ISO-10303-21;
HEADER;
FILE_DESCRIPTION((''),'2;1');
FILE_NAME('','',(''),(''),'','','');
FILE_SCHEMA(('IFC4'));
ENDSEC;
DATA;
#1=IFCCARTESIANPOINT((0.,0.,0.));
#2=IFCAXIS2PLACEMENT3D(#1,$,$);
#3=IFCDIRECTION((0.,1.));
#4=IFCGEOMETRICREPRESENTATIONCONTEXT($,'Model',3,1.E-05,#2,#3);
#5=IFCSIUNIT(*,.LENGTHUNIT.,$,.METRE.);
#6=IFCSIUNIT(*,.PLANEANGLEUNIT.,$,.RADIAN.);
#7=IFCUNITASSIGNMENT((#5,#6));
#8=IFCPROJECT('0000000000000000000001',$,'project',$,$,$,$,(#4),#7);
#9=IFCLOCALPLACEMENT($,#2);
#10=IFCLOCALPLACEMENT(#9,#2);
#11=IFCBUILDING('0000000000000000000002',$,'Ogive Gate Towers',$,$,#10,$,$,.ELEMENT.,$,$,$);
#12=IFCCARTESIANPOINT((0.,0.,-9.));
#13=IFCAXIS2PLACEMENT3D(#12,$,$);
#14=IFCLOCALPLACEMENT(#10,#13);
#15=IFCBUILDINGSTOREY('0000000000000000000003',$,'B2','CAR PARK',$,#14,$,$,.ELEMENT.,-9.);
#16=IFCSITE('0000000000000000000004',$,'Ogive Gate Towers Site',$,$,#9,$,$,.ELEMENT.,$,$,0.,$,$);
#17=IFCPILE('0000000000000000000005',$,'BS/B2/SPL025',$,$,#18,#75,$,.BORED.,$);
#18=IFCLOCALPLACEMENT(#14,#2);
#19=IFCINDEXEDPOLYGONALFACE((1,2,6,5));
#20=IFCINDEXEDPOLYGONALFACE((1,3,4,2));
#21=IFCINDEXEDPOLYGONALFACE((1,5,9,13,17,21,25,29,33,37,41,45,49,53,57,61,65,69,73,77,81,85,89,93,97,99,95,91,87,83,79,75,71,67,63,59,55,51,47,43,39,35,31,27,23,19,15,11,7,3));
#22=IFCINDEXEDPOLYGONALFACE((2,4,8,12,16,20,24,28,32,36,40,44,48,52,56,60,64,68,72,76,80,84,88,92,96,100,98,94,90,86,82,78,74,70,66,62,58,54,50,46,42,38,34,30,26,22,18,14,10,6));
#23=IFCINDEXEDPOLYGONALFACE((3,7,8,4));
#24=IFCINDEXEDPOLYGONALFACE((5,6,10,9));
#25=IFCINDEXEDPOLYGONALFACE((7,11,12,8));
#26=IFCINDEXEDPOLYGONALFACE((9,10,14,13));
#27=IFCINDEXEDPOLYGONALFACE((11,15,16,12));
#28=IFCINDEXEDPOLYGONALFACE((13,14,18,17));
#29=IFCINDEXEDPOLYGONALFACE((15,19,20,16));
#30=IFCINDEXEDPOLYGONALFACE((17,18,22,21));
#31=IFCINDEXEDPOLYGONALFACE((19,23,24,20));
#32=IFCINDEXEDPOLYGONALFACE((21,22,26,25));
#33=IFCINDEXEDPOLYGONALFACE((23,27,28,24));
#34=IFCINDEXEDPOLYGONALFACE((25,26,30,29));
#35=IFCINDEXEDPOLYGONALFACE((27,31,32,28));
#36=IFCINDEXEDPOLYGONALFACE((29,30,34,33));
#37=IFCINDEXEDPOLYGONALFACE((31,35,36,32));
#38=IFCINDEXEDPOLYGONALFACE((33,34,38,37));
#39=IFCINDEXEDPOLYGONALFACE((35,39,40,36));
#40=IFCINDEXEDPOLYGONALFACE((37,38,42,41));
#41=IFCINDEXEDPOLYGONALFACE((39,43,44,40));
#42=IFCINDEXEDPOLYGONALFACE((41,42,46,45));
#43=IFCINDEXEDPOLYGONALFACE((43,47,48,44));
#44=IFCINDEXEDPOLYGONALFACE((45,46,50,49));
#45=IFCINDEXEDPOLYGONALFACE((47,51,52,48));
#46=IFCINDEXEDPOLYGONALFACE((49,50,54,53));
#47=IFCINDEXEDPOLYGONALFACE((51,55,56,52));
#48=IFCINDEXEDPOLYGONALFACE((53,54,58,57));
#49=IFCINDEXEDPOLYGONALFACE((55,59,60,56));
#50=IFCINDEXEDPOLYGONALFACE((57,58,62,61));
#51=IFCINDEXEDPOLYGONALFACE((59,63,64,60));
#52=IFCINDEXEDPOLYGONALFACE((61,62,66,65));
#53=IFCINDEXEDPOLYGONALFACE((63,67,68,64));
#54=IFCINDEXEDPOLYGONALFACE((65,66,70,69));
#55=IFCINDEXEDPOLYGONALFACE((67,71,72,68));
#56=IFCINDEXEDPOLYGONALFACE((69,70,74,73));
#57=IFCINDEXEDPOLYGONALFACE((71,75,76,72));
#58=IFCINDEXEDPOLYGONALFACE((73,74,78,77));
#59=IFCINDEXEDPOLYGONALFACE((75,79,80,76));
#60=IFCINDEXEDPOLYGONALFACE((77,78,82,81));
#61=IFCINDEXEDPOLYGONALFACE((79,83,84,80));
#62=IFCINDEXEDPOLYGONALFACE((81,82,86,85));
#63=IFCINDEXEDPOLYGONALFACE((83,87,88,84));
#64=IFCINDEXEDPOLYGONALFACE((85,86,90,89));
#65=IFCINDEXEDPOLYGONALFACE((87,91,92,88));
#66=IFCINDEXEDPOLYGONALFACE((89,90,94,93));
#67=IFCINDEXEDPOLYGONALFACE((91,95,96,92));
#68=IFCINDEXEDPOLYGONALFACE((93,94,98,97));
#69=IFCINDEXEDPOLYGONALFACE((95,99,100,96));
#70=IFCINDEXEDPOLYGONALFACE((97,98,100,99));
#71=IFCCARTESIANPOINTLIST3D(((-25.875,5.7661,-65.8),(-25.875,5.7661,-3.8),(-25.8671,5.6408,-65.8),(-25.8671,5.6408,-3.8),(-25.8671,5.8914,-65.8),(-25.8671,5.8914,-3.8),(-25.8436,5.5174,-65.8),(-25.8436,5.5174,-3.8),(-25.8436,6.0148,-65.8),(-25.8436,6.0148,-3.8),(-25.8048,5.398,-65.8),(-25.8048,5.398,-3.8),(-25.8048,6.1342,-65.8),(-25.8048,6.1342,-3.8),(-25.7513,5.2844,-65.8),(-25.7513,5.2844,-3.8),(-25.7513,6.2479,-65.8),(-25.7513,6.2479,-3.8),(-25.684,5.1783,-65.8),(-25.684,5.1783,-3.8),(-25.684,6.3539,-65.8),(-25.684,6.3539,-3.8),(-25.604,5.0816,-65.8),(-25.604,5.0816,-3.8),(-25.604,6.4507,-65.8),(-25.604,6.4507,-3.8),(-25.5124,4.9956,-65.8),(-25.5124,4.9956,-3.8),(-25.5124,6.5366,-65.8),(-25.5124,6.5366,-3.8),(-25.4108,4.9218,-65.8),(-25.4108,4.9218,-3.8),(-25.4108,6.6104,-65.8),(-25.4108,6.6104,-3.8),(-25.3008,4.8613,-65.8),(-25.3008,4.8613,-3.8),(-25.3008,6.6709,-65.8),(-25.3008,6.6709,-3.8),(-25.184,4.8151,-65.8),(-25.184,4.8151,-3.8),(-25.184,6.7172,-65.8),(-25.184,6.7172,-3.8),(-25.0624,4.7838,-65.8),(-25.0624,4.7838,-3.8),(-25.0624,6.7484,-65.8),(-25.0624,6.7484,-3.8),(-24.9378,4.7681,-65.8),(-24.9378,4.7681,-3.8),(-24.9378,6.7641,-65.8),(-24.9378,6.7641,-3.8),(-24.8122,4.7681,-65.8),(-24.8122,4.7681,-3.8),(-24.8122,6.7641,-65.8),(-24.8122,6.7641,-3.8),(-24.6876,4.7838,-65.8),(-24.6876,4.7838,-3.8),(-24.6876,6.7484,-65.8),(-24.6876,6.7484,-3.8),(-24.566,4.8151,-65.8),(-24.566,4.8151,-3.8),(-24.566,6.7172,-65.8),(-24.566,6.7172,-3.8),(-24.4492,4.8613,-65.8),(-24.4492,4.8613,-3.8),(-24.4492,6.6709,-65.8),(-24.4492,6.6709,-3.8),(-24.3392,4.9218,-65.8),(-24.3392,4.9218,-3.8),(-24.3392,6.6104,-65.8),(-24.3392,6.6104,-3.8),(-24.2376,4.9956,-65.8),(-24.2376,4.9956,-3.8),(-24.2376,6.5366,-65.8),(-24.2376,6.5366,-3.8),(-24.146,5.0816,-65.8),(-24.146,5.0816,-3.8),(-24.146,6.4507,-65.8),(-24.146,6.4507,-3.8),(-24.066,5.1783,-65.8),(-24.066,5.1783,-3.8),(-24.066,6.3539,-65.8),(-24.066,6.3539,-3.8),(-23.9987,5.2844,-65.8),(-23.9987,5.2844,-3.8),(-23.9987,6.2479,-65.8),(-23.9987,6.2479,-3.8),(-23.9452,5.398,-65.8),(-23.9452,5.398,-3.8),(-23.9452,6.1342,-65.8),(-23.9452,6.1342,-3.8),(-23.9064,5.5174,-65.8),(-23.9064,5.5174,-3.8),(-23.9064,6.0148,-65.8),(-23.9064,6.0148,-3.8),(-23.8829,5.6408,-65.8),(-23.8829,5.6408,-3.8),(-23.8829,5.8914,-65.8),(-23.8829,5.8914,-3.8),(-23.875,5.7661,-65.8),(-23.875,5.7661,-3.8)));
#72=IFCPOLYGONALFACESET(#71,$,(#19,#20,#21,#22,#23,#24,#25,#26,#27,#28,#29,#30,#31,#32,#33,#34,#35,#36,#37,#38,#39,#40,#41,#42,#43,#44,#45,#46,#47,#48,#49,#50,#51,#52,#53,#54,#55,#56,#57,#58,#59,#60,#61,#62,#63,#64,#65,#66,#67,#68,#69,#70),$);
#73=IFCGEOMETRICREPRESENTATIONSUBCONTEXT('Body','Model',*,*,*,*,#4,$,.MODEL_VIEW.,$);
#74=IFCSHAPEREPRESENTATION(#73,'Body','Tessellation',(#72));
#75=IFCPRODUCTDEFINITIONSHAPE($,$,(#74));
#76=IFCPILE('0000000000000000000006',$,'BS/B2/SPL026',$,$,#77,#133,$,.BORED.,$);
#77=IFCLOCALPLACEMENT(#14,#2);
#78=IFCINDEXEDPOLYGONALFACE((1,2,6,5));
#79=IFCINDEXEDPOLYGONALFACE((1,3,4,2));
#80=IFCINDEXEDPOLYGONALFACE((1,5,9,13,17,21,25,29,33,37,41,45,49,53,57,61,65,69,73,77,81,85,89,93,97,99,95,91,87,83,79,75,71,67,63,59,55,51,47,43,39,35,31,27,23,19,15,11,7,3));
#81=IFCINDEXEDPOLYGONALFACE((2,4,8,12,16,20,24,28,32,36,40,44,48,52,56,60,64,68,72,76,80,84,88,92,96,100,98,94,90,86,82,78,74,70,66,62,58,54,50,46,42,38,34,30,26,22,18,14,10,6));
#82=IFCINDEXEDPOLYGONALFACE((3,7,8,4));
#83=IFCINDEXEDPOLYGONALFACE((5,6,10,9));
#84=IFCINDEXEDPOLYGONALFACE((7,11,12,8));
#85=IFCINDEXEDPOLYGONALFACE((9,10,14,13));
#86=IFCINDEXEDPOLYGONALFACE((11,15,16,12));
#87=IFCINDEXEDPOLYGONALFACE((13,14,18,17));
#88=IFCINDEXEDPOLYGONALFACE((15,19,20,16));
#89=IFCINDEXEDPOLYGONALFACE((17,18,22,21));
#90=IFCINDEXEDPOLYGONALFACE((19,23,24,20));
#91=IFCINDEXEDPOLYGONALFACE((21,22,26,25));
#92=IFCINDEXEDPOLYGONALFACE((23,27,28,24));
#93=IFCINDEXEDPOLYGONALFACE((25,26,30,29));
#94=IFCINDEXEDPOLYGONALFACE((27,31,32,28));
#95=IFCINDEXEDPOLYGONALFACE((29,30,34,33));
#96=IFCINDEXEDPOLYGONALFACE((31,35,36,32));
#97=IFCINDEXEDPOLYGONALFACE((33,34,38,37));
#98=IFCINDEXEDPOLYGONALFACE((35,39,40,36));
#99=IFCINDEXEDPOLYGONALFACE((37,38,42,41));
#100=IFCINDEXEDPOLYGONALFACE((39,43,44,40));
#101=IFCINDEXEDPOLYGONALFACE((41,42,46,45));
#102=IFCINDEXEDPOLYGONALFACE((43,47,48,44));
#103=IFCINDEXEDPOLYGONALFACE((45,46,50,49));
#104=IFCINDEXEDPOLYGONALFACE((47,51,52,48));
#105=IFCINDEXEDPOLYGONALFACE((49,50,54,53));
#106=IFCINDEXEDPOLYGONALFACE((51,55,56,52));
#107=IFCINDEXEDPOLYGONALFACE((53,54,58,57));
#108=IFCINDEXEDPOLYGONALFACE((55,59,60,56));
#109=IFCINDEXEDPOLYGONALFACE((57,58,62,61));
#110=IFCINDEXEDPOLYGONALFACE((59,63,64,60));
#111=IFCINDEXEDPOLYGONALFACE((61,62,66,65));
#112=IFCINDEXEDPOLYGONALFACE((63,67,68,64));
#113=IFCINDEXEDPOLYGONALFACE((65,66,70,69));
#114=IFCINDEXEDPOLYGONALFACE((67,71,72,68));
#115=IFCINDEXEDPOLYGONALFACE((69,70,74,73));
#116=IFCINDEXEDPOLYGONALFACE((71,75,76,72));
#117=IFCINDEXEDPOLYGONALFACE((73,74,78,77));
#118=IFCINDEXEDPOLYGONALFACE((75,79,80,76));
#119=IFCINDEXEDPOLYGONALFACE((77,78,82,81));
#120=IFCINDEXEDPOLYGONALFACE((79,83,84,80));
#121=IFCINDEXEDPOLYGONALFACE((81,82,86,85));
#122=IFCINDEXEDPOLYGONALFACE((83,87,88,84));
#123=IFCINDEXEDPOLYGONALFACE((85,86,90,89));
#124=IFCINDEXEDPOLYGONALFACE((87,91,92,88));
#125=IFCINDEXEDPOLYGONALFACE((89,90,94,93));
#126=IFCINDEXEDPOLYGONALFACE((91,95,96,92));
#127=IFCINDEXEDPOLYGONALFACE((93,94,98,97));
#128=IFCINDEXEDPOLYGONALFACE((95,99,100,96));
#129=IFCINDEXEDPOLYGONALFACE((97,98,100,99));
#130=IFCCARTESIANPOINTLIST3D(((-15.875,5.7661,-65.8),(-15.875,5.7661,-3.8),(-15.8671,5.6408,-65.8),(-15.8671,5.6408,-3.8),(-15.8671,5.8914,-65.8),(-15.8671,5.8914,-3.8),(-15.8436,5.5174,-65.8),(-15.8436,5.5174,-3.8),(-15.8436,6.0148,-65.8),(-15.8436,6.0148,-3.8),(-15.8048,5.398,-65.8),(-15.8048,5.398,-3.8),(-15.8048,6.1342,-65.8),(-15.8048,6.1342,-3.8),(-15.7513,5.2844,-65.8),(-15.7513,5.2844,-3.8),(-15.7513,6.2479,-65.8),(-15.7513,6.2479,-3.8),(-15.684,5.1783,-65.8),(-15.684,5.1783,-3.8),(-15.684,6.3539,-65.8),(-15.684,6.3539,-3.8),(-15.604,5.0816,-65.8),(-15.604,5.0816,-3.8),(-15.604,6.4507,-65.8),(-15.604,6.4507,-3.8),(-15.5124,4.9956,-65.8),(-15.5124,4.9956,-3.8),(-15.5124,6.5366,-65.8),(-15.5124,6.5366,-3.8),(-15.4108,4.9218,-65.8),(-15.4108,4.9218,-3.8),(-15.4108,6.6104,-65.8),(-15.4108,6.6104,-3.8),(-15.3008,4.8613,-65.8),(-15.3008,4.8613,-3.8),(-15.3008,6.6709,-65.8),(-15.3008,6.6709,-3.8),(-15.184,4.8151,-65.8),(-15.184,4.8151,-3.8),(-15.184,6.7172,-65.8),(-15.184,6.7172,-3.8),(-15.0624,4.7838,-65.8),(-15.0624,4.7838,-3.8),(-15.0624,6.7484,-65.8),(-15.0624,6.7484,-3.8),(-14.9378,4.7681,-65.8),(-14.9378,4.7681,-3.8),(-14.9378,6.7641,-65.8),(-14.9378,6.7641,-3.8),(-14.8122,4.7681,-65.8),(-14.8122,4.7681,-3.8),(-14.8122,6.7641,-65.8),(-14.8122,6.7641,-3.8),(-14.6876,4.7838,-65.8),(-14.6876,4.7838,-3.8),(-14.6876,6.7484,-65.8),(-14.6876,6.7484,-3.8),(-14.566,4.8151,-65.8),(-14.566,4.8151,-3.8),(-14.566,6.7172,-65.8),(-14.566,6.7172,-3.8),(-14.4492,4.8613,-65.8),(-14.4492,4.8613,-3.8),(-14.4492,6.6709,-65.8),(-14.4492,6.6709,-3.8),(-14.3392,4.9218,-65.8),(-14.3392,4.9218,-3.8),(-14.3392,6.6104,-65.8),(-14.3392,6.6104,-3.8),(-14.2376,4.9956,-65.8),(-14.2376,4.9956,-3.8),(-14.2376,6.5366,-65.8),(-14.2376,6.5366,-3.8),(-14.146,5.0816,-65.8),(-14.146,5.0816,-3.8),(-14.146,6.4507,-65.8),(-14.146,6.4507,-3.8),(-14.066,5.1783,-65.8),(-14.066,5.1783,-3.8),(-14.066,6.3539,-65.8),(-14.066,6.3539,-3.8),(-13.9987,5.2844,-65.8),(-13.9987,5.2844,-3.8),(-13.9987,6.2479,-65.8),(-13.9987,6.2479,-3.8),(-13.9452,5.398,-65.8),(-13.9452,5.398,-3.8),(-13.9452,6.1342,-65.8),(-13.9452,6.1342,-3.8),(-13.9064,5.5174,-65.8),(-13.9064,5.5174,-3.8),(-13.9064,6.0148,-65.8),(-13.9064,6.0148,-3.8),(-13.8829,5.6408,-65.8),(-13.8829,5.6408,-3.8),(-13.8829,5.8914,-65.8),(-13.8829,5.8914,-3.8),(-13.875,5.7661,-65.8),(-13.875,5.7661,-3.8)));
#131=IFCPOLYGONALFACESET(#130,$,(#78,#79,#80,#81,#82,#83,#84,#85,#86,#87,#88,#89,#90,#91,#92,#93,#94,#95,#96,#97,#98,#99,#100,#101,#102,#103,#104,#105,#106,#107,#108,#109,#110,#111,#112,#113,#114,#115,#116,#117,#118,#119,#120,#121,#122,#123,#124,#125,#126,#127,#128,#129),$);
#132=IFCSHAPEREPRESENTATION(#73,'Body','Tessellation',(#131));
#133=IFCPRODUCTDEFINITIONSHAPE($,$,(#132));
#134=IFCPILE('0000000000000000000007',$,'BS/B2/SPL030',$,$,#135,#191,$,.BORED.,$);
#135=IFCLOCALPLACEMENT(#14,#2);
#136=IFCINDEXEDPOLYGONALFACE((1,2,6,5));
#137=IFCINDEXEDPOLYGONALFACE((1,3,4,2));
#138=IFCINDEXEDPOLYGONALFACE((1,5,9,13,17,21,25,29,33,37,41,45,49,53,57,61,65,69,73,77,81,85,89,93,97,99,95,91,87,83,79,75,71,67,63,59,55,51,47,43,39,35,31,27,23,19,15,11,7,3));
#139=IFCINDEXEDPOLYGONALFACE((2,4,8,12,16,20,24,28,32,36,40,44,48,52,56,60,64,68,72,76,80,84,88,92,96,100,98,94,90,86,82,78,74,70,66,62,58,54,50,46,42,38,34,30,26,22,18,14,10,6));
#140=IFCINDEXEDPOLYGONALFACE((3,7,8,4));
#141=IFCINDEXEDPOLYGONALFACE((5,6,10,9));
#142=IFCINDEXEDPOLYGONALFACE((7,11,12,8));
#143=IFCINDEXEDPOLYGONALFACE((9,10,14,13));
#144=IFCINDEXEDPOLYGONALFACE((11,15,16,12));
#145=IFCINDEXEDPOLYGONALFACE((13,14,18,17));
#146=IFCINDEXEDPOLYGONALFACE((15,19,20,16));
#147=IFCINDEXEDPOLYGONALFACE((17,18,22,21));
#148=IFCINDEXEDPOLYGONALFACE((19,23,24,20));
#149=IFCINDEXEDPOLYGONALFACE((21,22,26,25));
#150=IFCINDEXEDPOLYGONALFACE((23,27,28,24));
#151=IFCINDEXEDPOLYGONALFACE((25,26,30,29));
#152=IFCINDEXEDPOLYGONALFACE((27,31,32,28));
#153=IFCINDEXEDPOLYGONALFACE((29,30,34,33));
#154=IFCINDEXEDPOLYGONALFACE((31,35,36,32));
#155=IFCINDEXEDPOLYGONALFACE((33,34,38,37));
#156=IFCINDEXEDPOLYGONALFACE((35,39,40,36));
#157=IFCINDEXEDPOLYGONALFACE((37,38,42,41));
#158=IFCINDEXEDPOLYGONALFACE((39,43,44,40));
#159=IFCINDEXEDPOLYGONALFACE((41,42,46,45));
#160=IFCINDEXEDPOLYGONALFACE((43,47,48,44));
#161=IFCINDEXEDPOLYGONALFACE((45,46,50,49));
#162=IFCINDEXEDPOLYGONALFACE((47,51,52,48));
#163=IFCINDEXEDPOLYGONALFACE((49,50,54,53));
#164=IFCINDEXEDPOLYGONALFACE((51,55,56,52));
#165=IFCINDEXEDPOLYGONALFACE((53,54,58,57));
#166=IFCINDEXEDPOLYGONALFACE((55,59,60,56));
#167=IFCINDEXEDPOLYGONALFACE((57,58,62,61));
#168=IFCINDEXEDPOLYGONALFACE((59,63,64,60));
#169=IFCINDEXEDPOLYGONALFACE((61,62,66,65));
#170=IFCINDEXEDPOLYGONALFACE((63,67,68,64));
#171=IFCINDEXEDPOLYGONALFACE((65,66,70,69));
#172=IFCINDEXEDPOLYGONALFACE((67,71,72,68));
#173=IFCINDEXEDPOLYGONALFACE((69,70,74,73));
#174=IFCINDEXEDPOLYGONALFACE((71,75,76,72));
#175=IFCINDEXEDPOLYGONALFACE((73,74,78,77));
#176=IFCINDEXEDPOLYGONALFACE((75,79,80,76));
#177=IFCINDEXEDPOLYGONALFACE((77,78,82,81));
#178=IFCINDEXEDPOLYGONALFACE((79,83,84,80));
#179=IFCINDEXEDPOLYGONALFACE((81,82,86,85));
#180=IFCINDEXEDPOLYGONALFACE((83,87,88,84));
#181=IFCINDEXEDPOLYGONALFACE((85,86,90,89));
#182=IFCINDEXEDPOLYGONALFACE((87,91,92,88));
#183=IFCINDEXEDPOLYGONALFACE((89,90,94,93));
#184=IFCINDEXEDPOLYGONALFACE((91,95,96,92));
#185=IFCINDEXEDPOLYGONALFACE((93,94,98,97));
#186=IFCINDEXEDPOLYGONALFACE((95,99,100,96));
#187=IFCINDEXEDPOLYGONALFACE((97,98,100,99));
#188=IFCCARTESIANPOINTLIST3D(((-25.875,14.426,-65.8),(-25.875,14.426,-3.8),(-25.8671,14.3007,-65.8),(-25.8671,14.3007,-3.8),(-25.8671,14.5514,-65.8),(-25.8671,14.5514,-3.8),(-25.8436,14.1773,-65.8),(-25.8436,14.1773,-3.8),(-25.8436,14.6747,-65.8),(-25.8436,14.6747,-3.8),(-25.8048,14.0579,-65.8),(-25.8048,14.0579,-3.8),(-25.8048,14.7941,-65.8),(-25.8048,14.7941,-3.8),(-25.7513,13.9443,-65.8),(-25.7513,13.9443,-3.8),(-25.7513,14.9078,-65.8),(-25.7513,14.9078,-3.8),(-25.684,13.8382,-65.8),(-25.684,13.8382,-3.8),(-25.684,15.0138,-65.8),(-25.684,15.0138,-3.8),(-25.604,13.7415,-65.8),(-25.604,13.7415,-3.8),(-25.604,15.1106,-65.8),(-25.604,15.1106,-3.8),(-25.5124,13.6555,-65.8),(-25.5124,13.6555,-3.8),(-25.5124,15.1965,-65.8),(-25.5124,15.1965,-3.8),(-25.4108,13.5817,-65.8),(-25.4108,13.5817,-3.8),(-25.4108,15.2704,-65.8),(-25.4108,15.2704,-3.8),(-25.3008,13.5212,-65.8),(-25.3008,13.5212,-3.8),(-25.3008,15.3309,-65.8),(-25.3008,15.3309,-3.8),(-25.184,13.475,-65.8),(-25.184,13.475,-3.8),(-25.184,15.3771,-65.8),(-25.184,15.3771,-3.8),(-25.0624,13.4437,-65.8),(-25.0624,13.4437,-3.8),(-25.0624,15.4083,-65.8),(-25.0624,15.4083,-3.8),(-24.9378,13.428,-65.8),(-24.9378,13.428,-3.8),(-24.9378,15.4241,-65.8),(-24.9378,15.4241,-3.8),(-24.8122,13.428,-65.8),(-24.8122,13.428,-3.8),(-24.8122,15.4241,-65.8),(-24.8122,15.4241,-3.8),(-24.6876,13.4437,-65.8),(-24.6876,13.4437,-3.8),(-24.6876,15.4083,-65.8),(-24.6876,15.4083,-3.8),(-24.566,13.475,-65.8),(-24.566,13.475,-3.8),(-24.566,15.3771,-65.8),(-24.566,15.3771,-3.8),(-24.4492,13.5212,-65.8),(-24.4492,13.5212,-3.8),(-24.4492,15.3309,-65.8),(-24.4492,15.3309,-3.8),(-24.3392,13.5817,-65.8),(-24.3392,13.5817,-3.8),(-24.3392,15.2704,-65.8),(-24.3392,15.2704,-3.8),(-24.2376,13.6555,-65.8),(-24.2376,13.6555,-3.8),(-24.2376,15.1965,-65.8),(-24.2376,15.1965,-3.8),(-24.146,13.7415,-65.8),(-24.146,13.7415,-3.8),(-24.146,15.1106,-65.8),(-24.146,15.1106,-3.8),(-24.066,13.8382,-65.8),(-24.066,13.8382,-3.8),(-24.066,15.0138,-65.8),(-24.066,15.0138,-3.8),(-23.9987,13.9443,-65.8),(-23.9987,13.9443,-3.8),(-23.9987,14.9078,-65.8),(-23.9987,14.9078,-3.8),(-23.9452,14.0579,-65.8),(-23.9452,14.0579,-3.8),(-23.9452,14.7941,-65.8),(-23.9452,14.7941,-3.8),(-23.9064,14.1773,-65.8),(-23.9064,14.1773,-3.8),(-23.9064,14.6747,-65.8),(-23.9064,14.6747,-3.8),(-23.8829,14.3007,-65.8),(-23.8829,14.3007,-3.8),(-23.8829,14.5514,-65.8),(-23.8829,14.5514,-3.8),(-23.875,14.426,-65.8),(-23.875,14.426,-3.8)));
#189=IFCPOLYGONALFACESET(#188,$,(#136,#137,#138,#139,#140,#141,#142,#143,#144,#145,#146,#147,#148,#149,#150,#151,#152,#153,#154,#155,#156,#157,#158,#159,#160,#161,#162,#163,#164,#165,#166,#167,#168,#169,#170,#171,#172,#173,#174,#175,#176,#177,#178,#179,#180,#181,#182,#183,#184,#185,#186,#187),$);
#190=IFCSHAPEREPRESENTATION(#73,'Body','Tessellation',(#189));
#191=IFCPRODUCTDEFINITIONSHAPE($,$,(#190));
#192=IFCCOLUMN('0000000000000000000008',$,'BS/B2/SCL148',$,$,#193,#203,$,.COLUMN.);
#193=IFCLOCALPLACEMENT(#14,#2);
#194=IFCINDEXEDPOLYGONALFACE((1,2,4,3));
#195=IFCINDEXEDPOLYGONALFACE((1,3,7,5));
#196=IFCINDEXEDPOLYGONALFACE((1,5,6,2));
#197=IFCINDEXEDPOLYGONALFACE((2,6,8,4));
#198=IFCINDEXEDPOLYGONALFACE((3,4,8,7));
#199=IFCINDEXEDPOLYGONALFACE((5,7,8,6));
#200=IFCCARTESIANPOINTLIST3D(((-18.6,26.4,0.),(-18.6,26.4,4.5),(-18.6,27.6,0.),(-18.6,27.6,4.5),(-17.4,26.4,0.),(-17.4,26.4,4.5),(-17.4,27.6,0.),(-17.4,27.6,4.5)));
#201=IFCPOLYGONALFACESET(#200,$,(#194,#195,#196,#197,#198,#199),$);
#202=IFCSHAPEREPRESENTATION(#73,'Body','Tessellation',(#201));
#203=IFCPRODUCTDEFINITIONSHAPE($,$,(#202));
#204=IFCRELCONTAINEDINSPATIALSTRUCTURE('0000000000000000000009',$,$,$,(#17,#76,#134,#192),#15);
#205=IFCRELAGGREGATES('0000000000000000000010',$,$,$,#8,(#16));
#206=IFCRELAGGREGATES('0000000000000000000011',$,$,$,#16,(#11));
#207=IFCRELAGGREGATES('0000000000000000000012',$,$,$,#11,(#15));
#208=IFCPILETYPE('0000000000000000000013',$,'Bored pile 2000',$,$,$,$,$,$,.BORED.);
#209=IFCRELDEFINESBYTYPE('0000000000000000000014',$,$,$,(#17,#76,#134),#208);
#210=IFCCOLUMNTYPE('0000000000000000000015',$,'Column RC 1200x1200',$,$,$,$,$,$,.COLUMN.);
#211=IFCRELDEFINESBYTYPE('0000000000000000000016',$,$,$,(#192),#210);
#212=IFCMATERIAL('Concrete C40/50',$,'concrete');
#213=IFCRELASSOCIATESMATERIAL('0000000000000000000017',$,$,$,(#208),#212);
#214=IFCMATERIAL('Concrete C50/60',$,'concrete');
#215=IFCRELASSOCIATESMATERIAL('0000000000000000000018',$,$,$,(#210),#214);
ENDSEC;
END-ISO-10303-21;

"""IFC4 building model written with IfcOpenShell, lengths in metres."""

from ifc_helpers import new_model, si_unit, direction, frame, origin, origin_2d, place, context, subcontext, project, spatial, rectangle, circle, extrude, material, material_profile, profile_set, type_object, element, save


model = new_model("IFC4")

# Units and contexts
model_context = context("Model", 3, precision=1e-05, world=origin(), true_north=direction((0.0, 1.0)))
body_context = subcontext(model_context, "Body", "Model", "MODEL_VIEW")
ifc_project = project(units=[si_unit("LENGTHUNIT", "METRE"), si_unit("PLANEANGLEUNIT", "RADIAN")], contexts=[model_context])

# Site, building, storey
site_placement = place(None, origin())
site = spatial("IfcSite", under=ifc_project, at=site_placement, Name="Ogive Gate Towers Site", CompositionType="ELEMENT", RefElevation=0.0)
building_placement = place(site_placement, origin())
building = spatial("IfcBuilding", under=site, at=building_placement, Name="Ogive Gate Towers", CompositionType="ELEMENT")
storey_placement = place(building_placement, frame((0.0, 0.0, -9.0)))
storey = spatial("IfcBuildingStorey", under=building, at=storey_placement, Name="B2", Description="CAR PARK", CompositionType="ELEMENT", Elevation=-9.0)

# Piles
ifc_material_1 = material(Name="Concrete C40/50", Category="concrete")
ifc_material_profile_1 = material_profile(ifc_material_1, circle(Radius=1.0, at=origin_2d()), Name="BP 2000")
ifc_profile_set_1 = profile_set([ifc_material_profile_1], Name="Concrete C40/50")
pile_type_1 = type_object("IfcPileType", Name="Bored pile 2000", PredefinedType="BORED", material=ifc_profile_set_1)
for number, where, z_axis, x_axis, name in (
    (1, (-24.875, 5.7661, -3.8), (0.0, 0.0, -1.0), (1.0, 0.0, 0.0), "BS/B2/SPL025"),
    (2, (-14.875, 5.7661, -3.8), (0.0, 0.0, -1.0), (1.0, 0.0, 0.0), "BS/B2/SPL026"),
    (3, (-24.875, 14.426, -3.8), (0.0, 0.0, -1.0), (1.0, 0.0, 0.0), "BS/B2/SPL030"),
):
    element("IfcPile", number, at=place(storey_placement, frame(where, z_axis=z_axis, x_axis=x_axis)), inside=storey, type_object=pile_type_1, Name=name, PredefinedType="BORED", context=body_context, shape_type="SweptSolid", body=[
        extrude(circle(Radius=1.0, at=origin_2d()), origin(), (0.0, 0.0, 1.0), 62.0),
    ])

# Column
ifc_material_2 = material(Name="Concrete C50/60", Category="concrete")
ifc_material_profile_2 = material_profile(ifc_material_2, rectangle(XDim=1.2, YDim=1.2, at=origin_2d()), Name="RC 1200x1200")
ifc_profile_set_2 = profile_set([ifc_material_profile_2], Name="Concrete C50/60")
column_type_1 = type_object("IfcColumnType", Name="Column RC 1200x1200", PredefinedType="COLUMN", material=ifc_profile_set_2)
for number, where, z_axis, x_axis, name in (
    (4, (-18.0, 27.0, 0.0), (0.0, 0.0, 1.0), (1.0, 0.0, 0.0), "BS/B2/SCL148"),
):
    element("IfcColumn", number, at=place(storey_placement, frame(where, z_axis=z_axis, x_axis=x_axis)), inside=storey, type_object=column_type_1, Name=name, PredefinedType="COLUMN", context=body_context, shape_type="SweptSolid", body=[
        extrude(rectangle(XDim=1.2, YDim=1.2, at=origin_2d()), origin(), (0.0, 0.0, 1.0), 4.5),
    ])

save(model, "model.ifc")
